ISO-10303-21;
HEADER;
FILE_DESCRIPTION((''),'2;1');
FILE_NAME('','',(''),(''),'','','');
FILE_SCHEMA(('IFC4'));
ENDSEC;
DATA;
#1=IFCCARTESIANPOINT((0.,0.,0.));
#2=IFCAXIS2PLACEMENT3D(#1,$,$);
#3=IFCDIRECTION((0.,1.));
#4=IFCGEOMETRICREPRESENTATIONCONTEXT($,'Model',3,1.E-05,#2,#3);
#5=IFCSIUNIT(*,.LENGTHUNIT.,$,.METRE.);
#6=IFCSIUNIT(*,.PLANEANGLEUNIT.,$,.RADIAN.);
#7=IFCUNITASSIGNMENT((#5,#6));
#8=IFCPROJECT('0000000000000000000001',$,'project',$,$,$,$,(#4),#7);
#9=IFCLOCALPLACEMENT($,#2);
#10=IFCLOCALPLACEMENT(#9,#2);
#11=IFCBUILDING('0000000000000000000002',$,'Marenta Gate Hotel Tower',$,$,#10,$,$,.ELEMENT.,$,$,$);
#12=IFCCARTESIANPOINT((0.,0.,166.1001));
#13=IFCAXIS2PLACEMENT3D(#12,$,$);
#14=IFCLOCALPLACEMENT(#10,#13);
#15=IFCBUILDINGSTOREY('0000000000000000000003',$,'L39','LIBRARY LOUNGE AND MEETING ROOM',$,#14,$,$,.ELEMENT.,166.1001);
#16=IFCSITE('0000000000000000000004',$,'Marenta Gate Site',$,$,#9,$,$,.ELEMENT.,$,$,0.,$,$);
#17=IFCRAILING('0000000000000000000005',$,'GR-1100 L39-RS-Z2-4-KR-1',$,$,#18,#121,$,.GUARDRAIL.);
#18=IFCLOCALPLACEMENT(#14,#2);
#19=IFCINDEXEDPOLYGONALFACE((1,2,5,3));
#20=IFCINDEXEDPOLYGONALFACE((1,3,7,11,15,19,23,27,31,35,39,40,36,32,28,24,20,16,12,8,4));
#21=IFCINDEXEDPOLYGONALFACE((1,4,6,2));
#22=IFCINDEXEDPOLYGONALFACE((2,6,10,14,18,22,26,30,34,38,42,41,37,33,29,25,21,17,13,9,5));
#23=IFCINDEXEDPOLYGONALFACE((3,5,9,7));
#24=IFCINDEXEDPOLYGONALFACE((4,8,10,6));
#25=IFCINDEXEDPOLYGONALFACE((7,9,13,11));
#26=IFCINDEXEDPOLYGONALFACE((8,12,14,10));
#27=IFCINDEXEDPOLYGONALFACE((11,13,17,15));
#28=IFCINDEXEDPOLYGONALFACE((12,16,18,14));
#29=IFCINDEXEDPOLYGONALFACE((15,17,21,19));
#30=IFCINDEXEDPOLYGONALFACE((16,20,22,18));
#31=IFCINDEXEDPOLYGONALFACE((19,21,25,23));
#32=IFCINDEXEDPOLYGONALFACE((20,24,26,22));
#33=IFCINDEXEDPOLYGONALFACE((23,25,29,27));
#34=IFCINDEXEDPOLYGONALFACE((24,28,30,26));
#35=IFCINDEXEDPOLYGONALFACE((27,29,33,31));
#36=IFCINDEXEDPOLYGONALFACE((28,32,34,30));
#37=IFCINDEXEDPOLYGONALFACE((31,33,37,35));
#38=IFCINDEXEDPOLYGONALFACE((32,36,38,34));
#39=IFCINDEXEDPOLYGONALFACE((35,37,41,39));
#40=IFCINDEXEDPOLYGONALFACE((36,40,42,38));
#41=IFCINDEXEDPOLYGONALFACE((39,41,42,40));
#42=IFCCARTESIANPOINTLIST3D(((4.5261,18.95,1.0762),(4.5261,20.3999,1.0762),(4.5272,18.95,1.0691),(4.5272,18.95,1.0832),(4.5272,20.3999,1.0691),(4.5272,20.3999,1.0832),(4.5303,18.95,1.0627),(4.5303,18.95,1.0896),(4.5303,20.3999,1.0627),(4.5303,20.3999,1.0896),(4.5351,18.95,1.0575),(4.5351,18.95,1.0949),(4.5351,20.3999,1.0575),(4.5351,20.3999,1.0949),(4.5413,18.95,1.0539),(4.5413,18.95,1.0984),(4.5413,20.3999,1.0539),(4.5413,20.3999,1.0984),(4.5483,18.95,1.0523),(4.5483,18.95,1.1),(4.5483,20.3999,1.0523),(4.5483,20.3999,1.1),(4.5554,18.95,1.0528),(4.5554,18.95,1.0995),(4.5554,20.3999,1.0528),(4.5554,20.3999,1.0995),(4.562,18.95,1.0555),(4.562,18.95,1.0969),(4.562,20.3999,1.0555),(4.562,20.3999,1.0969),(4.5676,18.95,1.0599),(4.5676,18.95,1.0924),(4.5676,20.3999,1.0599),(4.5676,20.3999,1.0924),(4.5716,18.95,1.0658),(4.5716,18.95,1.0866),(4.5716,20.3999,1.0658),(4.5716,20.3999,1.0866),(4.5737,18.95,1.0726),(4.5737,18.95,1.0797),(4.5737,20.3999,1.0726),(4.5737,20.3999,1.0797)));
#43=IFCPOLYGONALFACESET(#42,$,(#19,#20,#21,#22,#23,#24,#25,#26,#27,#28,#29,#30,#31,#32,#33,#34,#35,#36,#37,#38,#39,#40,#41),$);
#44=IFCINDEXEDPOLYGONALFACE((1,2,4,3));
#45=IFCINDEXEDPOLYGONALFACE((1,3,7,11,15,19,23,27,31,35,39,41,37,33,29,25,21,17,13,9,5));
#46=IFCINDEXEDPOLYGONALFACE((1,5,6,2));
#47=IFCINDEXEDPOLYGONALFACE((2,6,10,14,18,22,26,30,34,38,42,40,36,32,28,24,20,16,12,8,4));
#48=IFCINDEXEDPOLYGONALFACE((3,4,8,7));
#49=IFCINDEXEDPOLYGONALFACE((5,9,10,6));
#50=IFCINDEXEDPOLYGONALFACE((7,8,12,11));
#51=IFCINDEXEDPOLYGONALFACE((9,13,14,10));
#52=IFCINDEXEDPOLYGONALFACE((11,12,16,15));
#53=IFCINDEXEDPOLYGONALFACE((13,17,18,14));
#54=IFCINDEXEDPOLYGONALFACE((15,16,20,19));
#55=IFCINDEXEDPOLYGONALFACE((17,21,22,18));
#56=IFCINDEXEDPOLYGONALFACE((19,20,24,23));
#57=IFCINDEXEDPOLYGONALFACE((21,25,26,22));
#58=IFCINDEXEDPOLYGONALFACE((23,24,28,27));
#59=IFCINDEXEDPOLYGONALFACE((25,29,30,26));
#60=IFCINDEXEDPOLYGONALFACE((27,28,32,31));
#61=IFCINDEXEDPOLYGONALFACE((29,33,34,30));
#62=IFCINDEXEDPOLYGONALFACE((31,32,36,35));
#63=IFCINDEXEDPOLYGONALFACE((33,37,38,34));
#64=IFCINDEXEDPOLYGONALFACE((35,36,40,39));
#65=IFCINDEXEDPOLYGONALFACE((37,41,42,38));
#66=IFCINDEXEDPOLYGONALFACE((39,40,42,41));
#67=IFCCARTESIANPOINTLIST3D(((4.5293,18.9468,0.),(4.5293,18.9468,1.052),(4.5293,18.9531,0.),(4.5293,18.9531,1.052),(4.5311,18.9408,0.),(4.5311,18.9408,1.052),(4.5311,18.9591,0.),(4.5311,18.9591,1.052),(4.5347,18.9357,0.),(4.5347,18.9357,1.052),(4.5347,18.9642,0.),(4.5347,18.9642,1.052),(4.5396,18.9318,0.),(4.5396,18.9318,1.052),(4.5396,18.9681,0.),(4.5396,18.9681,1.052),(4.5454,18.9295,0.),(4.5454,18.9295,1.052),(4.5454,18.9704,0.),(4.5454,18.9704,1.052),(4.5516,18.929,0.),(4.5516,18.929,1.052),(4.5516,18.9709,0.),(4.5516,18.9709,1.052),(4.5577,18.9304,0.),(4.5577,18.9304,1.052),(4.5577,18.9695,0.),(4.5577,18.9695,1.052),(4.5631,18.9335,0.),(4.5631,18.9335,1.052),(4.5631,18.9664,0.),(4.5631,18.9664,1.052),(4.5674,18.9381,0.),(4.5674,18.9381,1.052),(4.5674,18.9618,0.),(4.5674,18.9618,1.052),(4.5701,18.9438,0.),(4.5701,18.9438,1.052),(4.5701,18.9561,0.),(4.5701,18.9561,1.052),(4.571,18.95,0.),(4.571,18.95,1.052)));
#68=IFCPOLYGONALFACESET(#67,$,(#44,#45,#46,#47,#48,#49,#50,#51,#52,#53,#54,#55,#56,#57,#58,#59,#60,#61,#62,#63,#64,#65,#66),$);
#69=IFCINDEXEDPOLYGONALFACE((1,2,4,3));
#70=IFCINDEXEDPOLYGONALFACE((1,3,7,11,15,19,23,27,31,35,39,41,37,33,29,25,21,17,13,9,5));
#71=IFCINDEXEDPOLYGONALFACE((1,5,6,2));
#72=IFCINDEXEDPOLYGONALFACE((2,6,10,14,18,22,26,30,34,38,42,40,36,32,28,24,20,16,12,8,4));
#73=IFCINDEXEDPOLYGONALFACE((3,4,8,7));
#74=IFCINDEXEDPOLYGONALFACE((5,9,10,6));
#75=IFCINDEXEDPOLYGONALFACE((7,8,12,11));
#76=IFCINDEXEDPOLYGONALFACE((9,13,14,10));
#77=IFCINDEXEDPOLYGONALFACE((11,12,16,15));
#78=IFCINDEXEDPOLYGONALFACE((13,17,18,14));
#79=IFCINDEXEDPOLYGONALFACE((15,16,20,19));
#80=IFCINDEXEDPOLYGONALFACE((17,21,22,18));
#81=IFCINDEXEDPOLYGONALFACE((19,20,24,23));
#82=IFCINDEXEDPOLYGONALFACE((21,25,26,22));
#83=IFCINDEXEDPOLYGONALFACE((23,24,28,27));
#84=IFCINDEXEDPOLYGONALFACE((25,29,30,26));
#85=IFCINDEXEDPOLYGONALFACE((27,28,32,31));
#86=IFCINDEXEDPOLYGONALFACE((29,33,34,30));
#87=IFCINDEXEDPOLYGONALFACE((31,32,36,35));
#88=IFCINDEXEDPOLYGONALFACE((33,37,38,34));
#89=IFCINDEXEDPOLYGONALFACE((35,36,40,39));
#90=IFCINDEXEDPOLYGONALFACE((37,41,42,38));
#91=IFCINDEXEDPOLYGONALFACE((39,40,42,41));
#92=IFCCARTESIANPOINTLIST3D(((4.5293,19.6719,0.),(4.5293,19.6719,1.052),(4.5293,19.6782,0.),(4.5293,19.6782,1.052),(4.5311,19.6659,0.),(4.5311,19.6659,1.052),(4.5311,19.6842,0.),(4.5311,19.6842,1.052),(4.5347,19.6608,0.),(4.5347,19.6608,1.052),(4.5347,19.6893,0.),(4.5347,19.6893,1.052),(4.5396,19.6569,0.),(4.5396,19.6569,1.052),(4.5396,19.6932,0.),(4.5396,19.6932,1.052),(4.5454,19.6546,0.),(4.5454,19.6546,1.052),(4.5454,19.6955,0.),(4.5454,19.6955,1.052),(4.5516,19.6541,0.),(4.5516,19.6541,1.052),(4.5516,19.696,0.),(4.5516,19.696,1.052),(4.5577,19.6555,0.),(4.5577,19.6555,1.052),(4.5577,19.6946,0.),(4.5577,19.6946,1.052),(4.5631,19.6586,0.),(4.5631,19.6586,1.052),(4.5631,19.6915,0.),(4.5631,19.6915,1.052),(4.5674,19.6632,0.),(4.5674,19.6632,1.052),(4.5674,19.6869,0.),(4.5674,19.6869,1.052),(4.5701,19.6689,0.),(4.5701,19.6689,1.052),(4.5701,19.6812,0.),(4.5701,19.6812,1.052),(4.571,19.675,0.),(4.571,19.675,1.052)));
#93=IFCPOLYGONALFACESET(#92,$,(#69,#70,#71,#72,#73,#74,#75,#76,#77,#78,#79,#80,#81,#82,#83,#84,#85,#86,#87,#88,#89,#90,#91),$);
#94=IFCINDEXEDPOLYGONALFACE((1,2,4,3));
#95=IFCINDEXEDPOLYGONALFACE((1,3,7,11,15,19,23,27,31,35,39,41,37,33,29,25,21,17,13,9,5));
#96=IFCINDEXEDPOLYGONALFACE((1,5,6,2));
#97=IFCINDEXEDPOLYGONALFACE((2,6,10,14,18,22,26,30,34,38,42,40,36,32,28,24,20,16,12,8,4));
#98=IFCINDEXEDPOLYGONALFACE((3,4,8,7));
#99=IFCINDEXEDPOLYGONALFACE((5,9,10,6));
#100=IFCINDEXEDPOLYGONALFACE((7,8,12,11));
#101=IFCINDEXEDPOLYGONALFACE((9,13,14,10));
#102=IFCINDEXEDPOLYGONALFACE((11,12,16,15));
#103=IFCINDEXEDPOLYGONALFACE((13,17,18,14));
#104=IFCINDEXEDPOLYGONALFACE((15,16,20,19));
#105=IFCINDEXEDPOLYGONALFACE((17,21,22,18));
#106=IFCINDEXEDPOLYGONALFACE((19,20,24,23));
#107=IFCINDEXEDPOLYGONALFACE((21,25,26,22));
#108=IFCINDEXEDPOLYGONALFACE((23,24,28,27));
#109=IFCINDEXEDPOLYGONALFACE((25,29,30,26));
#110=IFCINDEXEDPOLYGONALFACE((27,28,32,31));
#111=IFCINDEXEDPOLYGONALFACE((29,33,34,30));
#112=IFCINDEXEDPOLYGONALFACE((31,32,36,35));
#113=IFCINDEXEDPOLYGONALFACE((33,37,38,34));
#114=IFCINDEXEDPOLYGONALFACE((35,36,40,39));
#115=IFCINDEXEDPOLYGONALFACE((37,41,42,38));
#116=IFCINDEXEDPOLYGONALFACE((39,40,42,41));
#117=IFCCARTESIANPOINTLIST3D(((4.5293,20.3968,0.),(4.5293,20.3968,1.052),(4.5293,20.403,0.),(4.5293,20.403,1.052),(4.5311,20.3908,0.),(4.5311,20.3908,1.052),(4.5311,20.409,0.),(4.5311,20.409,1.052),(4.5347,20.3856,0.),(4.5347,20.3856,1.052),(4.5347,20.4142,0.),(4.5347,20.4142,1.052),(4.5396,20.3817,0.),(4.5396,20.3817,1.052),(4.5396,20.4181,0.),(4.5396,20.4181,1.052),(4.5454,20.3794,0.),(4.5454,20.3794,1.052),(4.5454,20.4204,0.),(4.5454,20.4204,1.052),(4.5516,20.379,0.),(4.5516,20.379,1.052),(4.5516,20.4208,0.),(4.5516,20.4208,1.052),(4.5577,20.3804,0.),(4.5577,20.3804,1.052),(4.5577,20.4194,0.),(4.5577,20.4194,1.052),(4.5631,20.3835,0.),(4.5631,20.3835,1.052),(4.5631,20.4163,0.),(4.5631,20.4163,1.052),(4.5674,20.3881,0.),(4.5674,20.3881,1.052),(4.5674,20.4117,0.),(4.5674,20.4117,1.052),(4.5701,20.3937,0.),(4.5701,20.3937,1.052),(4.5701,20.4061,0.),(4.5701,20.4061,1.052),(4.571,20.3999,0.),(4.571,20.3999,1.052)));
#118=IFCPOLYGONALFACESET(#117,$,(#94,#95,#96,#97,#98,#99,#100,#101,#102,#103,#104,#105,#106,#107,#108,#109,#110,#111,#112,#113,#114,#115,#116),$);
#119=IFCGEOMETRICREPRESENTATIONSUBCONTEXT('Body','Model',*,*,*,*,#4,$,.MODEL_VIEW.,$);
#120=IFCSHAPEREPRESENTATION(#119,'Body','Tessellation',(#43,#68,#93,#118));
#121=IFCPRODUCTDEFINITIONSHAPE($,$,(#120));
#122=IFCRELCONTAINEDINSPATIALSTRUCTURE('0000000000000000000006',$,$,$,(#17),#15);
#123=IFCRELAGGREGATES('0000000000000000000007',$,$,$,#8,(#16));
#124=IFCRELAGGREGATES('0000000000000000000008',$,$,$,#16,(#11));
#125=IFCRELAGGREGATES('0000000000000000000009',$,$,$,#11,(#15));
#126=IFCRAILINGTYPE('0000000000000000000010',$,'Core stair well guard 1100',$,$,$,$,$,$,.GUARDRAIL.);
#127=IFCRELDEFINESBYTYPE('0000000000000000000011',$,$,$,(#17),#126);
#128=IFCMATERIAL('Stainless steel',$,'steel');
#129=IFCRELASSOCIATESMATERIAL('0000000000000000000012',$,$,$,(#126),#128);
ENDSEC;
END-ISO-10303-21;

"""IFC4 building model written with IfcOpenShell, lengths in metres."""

from ifc_helpers import new_model, si_unit, direction, frame, origin, origin_2d, place, context, subcontext, project, spatial, circle, extrude, material, type_object, element, save


model = new_model("IFC4")

# Units and contexts
model_context = context("Model", 3, precision=1e-05, world=origin(), true_north=direction((0.0, 1.0)))
body_context = subcontext(model_context, "Body", "Model", "MODEL_VIEW")
ifc_project = project(units=[si_unit("LENGTHUNIT", "METRE"), si_unit("PLANEANGLEUNIT", "RADIAN")], contexts=[model_context])

# Site, building, storey
site_placement = place(None, origin())
site = spatial("IfcSite", under=ifc_project, at=site_placement, Name="Marenta Gate Site", CompositionType="ELEMENT", RefElevation=0.0)
building_placement = place(site_placement, origin())
building = spatial("IfcBuilding", under=site, at=building_placement, Name="Marenta Gate Hotel Tower", CompositionType="ELEMENT")
storey_placement = place(building_placement, frame((0.0, 0.0, 166.1001)))
storey = spatial("IfcBuildingStorey", under=building, at=storey_placement, Name="L39", Description="LIBRARY LOUNGE AND MEETING ROOM", CompositionType="ELEMENT", Elevation=166.1001)

# Railing
ifc_material_1 = material(Name="Stainless steel", Category="steel")
railing_type = type_object("IfcRailingType", Name="Core stair well guard 1100", PredefinedType="GUARDRAIL", material=ifc_material_1)
railing_placement = place(storey_placement, frame((4.55, 18.95, 0.0)))
element("IfcRailing", 1, at=railing_placement, inside=storey, type_object=railing_type, Name="GR-1100 L39-RS-Z2-4-KR-1", PredefinedType="GUARDRAIL", context=body_context, shape_type="SweptSolid", body=[
    extrude(circle(Radius=0.0239, at=origin_2d()), frame((0.0, 0.0, 1.0762), z_axis=(0.0, 1.0, 0.0), x_axis=(-1.0, 0.0, 0.0)), (0.0, 0.0, 1.0), 1.45),
    extrude(circle(Radius=0.021, at=origin_2d()), origin(), (0.0, 0.0, 1.0), 1.052),
    extrude(circle(Radius=0.021, at=origin_2d()), frame((0.0, 0.7251, 0.0)), (0.0, 0.0, 1.0), 1.052),
    extrude(circle(Radius=0.021, at=origin_2d()), frame((0.0, 1.45, 0.0)), (0.0, 0.0, 1.0), 1.052),
])

save(model, "model.ifc")
